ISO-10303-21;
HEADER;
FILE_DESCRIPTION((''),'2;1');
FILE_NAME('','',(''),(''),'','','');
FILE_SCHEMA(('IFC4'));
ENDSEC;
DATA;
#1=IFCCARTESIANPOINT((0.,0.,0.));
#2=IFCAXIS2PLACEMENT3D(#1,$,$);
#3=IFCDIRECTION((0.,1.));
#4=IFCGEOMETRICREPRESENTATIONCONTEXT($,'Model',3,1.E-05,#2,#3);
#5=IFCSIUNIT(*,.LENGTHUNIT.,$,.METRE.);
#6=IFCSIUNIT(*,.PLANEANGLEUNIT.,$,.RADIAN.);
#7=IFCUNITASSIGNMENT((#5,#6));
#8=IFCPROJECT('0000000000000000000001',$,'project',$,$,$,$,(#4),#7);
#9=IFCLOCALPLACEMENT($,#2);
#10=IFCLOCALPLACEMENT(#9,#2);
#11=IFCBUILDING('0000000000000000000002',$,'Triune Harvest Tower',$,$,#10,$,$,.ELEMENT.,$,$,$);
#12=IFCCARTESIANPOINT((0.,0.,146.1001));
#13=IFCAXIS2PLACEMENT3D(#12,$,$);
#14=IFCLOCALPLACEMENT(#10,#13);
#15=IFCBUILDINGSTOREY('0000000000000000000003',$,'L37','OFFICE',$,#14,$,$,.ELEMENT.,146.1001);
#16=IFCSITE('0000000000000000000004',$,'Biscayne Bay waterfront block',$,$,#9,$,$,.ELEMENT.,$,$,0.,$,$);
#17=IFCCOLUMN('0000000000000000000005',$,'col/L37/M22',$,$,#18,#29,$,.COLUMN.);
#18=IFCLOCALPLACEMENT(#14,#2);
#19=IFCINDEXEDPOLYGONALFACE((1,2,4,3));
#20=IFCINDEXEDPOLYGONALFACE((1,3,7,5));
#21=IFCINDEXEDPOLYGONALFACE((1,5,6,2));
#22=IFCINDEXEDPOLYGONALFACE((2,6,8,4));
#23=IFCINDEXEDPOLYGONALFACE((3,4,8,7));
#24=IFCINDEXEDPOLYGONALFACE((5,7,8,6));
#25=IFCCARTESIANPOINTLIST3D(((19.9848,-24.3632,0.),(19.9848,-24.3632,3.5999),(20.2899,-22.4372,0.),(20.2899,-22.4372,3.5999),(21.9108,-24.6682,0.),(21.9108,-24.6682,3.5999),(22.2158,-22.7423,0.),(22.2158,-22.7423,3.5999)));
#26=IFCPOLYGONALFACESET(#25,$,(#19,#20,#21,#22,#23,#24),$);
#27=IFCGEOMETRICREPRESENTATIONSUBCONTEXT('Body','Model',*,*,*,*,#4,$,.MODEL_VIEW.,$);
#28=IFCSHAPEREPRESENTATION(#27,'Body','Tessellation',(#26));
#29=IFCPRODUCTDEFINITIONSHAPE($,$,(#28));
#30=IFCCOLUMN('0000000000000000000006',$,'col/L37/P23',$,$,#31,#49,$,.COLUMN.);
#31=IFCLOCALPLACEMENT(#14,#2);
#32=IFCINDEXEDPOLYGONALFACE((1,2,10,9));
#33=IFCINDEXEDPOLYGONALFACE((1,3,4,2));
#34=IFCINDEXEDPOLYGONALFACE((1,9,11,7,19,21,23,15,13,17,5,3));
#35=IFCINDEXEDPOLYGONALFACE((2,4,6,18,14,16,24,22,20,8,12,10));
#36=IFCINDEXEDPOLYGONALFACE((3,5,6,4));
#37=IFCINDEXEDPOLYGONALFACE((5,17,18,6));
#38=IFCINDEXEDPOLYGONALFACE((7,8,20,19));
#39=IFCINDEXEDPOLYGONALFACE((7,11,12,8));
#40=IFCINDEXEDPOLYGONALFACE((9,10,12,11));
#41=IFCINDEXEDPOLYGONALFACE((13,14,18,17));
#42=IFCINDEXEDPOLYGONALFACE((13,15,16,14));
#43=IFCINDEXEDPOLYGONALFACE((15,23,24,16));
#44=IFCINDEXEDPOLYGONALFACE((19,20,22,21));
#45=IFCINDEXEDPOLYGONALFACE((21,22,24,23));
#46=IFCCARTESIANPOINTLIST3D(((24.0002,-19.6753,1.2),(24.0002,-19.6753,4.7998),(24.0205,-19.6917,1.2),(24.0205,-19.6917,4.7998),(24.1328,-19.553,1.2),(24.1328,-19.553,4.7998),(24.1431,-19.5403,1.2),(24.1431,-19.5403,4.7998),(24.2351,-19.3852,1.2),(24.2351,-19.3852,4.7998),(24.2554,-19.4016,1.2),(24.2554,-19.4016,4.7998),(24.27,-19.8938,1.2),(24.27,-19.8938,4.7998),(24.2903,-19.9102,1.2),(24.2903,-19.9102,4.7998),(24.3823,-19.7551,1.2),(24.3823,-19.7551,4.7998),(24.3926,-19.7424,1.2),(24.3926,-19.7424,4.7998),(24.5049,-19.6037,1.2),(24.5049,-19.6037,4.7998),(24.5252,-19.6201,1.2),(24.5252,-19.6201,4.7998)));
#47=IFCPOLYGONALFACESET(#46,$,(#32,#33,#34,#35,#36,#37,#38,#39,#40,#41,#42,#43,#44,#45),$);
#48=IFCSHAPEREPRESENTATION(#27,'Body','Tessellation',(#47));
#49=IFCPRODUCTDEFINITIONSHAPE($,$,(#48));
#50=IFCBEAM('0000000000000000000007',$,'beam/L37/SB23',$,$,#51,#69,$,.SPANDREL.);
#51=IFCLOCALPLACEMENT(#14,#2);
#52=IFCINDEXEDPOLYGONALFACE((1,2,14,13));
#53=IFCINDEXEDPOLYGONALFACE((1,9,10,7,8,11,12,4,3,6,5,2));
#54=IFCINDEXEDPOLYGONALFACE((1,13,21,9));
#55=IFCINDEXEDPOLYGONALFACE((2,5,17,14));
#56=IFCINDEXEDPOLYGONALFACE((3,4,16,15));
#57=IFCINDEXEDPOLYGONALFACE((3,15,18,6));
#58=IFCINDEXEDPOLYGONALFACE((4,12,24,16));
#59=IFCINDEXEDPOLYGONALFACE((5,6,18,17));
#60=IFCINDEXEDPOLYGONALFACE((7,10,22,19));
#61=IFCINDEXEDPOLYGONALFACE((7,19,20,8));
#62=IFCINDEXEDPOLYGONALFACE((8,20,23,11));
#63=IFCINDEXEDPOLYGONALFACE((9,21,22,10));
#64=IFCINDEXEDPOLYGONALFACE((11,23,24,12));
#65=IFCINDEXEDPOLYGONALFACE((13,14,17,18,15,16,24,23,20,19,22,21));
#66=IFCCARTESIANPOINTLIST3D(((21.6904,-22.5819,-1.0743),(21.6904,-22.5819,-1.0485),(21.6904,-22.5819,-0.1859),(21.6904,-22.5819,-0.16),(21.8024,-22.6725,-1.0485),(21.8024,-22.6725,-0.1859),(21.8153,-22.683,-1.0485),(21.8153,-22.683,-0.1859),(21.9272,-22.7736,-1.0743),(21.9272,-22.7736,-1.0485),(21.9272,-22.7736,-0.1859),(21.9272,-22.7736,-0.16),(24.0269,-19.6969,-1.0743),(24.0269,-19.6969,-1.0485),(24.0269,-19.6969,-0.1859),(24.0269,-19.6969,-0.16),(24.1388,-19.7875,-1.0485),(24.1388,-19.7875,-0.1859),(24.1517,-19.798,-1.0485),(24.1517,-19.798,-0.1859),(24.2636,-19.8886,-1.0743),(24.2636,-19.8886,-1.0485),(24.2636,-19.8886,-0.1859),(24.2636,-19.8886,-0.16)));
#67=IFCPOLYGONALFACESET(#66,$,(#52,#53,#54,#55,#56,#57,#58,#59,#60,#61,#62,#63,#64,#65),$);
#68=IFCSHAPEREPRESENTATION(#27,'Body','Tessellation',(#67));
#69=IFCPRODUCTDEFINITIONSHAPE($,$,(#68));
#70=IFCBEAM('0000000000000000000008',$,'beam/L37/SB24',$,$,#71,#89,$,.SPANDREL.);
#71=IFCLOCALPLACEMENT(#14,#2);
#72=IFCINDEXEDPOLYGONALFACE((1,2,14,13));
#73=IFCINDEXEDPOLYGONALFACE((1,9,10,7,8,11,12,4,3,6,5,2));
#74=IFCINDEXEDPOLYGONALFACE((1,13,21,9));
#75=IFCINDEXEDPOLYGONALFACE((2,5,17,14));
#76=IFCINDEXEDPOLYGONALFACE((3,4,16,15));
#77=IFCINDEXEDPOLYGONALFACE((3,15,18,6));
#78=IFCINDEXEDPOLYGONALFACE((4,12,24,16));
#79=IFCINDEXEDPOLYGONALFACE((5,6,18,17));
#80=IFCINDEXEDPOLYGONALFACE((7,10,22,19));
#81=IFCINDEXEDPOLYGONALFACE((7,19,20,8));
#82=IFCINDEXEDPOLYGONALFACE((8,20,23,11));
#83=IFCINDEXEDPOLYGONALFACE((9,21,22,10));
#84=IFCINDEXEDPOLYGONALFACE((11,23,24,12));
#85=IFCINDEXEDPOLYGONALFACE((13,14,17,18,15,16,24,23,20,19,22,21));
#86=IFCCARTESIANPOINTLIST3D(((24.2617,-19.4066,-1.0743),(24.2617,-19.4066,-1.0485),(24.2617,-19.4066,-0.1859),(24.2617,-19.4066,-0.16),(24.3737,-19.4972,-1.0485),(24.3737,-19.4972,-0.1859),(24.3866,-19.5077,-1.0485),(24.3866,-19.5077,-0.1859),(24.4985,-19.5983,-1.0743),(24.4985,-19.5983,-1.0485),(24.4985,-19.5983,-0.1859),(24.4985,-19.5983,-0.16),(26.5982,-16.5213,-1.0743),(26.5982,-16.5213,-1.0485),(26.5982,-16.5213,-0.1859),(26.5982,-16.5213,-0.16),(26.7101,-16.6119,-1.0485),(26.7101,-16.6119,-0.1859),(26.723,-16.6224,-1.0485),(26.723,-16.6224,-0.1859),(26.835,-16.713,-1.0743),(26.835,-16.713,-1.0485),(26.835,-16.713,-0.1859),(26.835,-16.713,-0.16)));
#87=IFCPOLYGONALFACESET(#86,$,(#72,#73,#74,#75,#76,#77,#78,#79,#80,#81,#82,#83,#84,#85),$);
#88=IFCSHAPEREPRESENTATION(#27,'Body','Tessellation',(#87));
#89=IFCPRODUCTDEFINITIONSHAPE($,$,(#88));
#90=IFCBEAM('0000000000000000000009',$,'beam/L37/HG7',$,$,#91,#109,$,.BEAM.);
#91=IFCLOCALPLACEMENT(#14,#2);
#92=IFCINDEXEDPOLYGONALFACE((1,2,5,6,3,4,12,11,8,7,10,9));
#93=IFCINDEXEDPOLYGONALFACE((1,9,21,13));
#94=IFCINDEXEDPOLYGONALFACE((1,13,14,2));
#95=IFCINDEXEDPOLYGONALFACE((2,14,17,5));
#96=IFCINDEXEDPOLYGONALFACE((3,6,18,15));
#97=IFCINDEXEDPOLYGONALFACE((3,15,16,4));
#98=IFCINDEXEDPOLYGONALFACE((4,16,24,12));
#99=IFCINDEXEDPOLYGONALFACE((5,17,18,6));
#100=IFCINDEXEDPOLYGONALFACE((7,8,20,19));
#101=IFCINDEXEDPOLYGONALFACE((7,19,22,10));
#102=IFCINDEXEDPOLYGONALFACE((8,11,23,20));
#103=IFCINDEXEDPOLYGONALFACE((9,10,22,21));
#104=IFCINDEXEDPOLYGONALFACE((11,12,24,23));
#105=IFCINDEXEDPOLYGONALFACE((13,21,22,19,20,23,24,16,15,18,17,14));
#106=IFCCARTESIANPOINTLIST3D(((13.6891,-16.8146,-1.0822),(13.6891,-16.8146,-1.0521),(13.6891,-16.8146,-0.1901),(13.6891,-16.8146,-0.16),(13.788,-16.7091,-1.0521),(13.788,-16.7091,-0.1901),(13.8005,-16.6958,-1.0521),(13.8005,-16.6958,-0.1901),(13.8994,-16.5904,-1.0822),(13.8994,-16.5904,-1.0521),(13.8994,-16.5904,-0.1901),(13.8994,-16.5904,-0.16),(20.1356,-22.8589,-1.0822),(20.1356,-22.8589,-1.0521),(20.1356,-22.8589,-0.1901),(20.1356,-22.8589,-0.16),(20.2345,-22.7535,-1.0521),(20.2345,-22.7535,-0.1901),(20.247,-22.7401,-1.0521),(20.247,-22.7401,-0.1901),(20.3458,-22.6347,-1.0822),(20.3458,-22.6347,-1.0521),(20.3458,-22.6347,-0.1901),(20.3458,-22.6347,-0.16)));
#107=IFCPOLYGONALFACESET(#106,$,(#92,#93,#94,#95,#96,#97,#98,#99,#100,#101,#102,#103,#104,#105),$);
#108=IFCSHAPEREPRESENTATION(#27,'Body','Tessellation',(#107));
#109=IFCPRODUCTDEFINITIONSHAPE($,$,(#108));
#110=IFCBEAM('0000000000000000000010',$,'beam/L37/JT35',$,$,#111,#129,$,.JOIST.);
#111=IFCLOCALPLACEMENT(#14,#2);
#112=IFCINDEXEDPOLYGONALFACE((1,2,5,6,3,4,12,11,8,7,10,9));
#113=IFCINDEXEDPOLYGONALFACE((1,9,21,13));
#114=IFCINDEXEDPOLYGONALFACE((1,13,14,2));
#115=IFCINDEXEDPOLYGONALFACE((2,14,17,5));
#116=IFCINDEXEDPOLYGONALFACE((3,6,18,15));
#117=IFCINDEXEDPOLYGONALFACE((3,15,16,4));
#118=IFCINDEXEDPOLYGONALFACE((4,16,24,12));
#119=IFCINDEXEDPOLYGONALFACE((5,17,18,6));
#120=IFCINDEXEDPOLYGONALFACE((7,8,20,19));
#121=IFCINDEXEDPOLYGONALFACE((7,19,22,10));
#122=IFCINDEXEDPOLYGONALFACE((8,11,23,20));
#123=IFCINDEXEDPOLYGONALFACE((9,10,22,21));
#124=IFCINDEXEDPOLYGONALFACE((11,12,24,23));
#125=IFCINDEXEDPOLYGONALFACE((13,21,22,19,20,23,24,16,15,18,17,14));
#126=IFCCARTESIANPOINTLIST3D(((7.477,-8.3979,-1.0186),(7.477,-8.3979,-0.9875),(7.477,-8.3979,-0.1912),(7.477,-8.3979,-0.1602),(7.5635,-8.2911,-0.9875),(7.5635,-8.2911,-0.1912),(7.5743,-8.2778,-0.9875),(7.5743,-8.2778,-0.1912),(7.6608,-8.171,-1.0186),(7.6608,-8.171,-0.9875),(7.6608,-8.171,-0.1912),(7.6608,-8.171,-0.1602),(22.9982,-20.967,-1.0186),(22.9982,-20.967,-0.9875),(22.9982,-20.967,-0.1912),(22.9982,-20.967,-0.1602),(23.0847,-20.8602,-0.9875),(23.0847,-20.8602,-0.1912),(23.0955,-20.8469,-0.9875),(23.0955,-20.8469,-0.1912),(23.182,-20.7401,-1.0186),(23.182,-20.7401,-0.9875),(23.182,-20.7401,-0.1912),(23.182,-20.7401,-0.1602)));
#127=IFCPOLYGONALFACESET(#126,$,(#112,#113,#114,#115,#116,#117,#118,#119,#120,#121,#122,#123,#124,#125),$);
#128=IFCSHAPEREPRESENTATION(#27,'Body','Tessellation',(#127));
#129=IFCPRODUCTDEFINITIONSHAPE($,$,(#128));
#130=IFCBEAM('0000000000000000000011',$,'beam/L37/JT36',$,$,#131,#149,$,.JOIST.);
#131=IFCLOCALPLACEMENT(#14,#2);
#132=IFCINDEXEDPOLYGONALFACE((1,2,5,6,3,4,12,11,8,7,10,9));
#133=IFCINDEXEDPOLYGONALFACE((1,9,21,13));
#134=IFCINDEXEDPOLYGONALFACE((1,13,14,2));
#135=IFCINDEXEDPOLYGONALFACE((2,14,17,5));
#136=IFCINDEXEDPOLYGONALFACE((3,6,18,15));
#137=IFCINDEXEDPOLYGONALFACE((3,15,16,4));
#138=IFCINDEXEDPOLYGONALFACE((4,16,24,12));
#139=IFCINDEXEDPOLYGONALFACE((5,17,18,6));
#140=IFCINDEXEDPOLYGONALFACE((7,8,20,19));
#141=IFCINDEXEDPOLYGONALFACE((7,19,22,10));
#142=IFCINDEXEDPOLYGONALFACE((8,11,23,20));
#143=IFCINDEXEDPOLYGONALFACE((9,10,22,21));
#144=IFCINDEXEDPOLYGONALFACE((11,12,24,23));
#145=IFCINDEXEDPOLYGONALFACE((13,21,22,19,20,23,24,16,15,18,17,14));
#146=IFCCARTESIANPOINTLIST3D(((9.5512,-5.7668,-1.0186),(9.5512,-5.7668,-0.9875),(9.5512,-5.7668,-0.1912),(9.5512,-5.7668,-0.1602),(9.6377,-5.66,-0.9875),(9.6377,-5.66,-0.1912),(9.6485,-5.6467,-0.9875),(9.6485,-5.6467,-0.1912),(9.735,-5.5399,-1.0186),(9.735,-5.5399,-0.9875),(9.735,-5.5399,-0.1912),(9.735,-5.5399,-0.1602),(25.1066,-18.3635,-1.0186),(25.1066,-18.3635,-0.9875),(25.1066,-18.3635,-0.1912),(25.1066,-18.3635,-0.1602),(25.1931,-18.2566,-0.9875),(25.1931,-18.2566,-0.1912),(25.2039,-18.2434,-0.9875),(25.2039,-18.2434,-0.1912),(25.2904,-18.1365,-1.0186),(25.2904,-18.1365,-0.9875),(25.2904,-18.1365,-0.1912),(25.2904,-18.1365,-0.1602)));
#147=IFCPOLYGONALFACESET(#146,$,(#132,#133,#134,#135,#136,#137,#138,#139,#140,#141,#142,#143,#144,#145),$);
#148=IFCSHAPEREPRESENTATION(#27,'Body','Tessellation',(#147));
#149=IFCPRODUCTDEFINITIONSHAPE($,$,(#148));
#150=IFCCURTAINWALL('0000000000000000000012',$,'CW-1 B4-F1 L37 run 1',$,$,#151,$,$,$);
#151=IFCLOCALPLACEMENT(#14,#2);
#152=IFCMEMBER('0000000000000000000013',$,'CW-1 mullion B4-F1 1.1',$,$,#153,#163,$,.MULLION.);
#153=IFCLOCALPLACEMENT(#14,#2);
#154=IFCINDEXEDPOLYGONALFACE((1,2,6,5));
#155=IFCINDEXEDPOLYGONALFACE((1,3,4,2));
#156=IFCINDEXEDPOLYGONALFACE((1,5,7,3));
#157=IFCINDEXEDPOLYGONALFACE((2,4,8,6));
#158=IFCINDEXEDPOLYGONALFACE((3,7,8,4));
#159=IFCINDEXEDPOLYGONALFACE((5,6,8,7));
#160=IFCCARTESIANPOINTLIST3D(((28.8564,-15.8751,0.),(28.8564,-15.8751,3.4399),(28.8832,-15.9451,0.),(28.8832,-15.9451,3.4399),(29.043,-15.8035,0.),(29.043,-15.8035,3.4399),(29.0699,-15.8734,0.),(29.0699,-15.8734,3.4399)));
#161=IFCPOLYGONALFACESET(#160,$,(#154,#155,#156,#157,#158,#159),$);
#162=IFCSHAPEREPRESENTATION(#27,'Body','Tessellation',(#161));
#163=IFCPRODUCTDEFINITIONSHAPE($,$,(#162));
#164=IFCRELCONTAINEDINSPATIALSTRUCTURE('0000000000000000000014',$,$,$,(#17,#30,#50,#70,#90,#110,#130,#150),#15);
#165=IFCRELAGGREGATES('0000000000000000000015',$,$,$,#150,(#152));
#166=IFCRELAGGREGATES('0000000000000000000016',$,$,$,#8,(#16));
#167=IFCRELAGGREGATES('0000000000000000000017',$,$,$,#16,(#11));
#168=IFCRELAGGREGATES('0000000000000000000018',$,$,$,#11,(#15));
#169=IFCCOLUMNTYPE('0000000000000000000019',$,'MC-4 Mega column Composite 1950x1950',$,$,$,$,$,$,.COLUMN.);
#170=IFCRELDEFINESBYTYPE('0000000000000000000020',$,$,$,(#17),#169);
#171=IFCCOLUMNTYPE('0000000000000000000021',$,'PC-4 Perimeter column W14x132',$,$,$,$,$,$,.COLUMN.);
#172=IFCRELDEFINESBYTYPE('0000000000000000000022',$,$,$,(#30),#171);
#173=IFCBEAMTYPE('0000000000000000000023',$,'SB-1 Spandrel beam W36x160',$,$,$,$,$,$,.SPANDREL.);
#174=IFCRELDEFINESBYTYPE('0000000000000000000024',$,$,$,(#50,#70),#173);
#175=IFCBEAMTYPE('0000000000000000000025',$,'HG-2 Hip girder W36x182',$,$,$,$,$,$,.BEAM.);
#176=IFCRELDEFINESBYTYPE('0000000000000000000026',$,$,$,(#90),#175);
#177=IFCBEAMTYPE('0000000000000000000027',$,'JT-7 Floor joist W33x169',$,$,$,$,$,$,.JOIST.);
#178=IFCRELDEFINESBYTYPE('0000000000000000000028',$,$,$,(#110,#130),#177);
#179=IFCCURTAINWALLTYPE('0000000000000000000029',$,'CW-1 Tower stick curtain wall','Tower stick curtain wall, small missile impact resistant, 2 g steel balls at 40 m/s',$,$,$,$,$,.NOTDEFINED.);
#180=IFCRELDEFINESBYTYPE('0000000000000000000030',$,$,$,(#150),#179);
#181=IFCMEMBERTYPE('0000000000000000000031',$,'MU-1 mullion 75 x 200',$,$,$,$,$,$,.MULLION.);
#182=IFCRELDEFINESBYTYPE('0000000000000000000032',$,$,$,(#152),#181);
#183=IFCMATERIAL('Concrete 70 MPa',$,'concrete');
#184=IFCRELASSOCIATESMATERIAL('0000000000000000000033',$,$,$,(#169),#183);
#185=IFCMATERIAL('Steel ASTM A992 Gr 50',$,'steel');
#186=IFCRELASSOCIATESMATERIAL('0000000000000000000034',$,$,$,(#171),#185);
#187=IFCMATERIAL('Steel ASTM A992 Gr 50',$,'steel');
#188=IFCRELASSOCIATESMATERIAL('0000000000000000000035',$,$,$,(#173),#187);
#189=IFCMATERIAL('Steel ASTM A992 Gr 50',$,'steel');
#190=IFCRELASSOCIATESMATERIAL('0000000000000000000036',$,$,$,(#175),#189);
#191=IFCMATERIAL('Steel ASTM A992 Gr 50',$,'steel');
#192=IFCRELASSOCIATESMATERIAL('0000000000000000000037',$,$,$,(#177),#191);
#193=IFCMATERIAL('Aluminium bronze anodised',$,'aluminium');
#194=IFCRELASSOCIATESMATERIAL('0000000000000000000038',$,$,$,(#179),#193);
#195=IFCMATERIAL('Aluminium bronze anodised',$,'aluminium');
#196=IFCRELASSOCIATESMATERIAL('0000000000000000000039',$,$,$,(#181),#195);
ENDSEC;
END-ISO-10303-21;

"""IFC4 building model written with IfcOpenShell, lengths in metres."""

from ifc_helpers import new_model, si_unit, direction, frame, origin, origin_2d, place, context, subcontext, project, spatial, rectangle, i_section, extrude, source, transform, mapped, material, material_profile, profile_set, type_object, element, aggregate, save


model = new_model("IFC4")

# Units and contexts
model_context = context("Model", 3, precision=1e-05, world=origin(), true_north=direction((0.0, 1.0)))
body_context = subcontext(model_context, "Body", "Model", "MODEL_VIEW")
ifc_project = project(units=[si_unit("LENGTHUNIT", "METRE"), si_unit("PLANEANGLEUNIT", "RADIAN")], contexts=[model_context])

# Site, building, storey
site_placement = place(None, origin())
site = spatial("IfcSite", under=ifc_project, at=site_placement, Name="Biscayne Bay waterfront block", CompositionType="ELEMENT", RefElevation=0.0)
building_placement = place(site_placement, origin())
building = spatial("IfcBuilding", under=site, at=building_placement, Name="Triune Harvest Tower", CompositionType="ELEMENT")
storey_placement = place(building_placement, frame((0.0, 0.0, 146.1001)))
storey = spatial("IfcBuildingStorey", under=building, at=storey_placement, Name="L37", Description="OFFICE", CompositionType="ELEMENT", Elevation=146.1001)

# Columns
ifc_material_1 = material(Name="Concrete 70 MPa", Category="concrete")
ifc_material_profile_1 = material_profile(ifc_material_1, rectangle(XDim=1.95, YDim=1.95, at=origin_2d()), Name="Composite 1950x1950")
ifc_profile_set_1 = profile_set([ifc_material_profile_1], Name="Concrete 70 MPa")
column_type_1 = type_object("IfcColumnType", Name="MC-4 Mega column Composite 1950x1950", PredefinedType="COLUMN", material=ifc_profile_set_1)
shared_shape_1 = source(origin(), body_context, "Body", "SweptSolid", [
    extrude(rectangle(XDim=1.95, YDim=1.95, at=origin_2d()), origin(), (0.0, 0.0, 1.0), 3.5999),
])
column_1_placement = place(storey_placement, frame((21.1003, -23.5527, 0.0), z_axis=(0.0, 0.0, 1.0), x_axis=(0.987688, -0.156434, 0.0)))
element("IfcColumn", 1, at=column_1_placement, inside=storey, type_object=column_type_1, Name="col/L37/M22", PredefinedType="COLUMN", context=body_context, shape_type="MappedRepresentation", body=[
    mapped(shared_shape_1, transform((0.0, 0.0, 0.0), scale=1.0)),
])
ifc_material_2 = material(Name="Steel ASTM A992 Gr 50", Category="steel")
ifc_material_profile_2 = material_profile(ifc_material_2, i_section(OverallWidth=0.3733, OverallDepth=0.3733, WebThickness=0.0164, FlangeThickness=0.0261, at=origin_2d()), Name="W14x132")
ifc_profile_set_2 = profile_set([ifc_material_profile_2], Name="Steel ASTM A992 Gr 50")
column_type_2 = type_object("IfcColumnType", Name="PC-4 Perimeter column W14x132", PredefinedType="COLUMN", material=ifc_profile_set_2)
shared_shape_2 = source(origin(), body_context, "Body", "SweptSolid", [
    extrude(i_section(OverallWidth=0.3733, OverallDepth=0.3733, WebThickness=0.0164, FlangeThickness=0.0261, at=origin_2d()), origin(), (0.0, 0.0, 1.0), 3.5999),
])
column_2_placement = place(storey_placement, frame((24.2627, -19.6477, 1.2), z_axis=(0.0, 0.0, 1.0), x_axis=(0.629322, 0.777145, 0.0)))
element("IfcColumn", 2, at=column_2_placement, inside=storey, type_object=column_type_2, Name="col/L37/P23", PredefinedType="COLUMN", context=body_context, shape_type="MappedRepresentation", body=[
    mapped(shared_shape_2, transform((0.0, 0.0, 0.0), scale=1.0)),
])

# Beams
ifc_material_3 = material(Name="Steel ASTM A992 Gr 50", Category="steel")
ifc_material_profile_3 = material_profile(ifc_material_3, i_section(OverallWidth=0.3047, OverallDepth=0.9143, WebThickness=0.0166, FlangeThickness=0.0259, at=origin_2d()), Name="W36x160")
ifc_profile_set_3 = profile_set([ifc_material_profile_3], Name="Steel ASTM A992 Gr 50")
beam_type_1 = type_object("IfcBeamType", Name="SB-1 Spandrel beam W36x160", PredefinedType="SPANDREL", material=ifc_profile_set_3)
shared_shape_3 = source(origin(), body_context, "Body", "SweptSolid", [
    extrude(i_section(OverallWidth=0.3047, OverallDepth=0.9143, WebThickness=0.0166, FlangeThickness=0.0259, at=origin_2d()), origin(), (0.0, 0.0, 1.0), 3.7124),
])
beam_1_placement = place(storey_placement, frame((21.8088, -22.6777, -0.6172), z_axis=(0.629351, 0.777121, 0.0), x_axis=(-0.777121, 0.629351, 0.0)))
element("IfcBeam", 3, at=beam_1_placement, inside=storey, type_object=beam_type_1, Name="beam/L37/SB23", PredefinedType="SPANDREL", context=body_context, shape_type="MappedRepresentation", body=[
    mapped(shared_shape_3, transform((0.0, 0.0, 0.0), scale=1.0)),
])
shared_shape_4 = source(origin(), body_context, "Body", "SweptSolid", [
    extrude(i_section(OverallWidth=0.3047, OverallDepth=0.9143, WebThickness=0.0166, FlangeThickness=0.0259, at=origin_2d()), origin(), (0.0, 0.0, 1.0), 3.7126),
])
beam_2_placement = place(storey_placement, frame((24.3801, -19.5024, -0.6172), z_axis=(0.629319, 0.777147, 0.0), x_axis=(-0.777147, 0.629319, 0.0)))
element("IfcBeam", 4, at=beam_2_placement, inside=storey, type_object=beam_type_1, Name="beam/L37/SB24", PredefinedType="SPANDREL", context=body_context, shape_type="MappedRepresentation", body=[
    mapped(shared_shape_4, transform((0.0, 0.0, 0.0), scale=1.0)),
])
ifc_material_4 = material(Name="Steel ASTM A992 Gr 50", Category="steel")
ifc_material_profile_4 = material_profile(ifc_material_4, i_section(OverallWidth=0.3074, OverallDepth=0.9221, WebThickness=0.0183, FlangeThickness=0.03, at=origin_2d()), Name="W36x182")
ifc_profile_set_4 = profile_set([ifc_material_profile_4], Name="Steel ASTM A992 Gr 50")
beam_type_2 = type_object("IfcBeamType", Name="HG-2 Hip girder W36x182", PredefinedType="BEAM", material=ifc_profile_set_4)
shared_shape_5 = source(origin(), body_context, "Body", "SweptSolid", [
    extrude(i_section(OverallWidth=0.3074, OverallDepth=0.9221, WebThickness=0.0183, FlangeThickness=0.03, at=origin_2d()), origin(), (0.0, 0.0, 1.0), 8.8369),
])
beam_3_placement = place(storey_placement, frame((20.2407, -22.7468, -0.6211), z_axis=(-0.729492, 0.68399, 0.0), x_axis=(-0.68399, -0.729492, 0.0)))
element("IfcBeam", 5, at=beam_3_placement, inside=storey, type_object=beam_type_2, Name="beam/L37/HG7", PredefinedType="BEAM", context=body_context, shape_type="MappedRepresentation", body=[
    mapped(shared_shape_5, transform((0.0, 0.0, 0.0), scale=1.0)),
])
ifc_material_5 = material(Name="Steel ASTM A992 Gr 50", Category="steel")
ifc_material_profile_5 = material_profile(ifc_material_5, i_section(OverallWidth=0.292, OverallDepth=0.8584, WebThickness=0.0171, FlangeThickness=0.031, at=origin_2d()), Name="W33x169")
ifc_profile_set_5 = profile_set([ifc_material_profile_5], Name="Steel ASTM A992 Gr 50")
beam_type_3 = type_object("IfcBeamType", Name="JT-7 Floor joist W33x169", PredefinedType="JOIST", material=ifc_profile_set_5)
shared_shape_6 = source(origin(), body_context, "Body", "SweptSolid", [
    extrude(i_section(OverallWidth=0.292, OverallDepth=0.8584, WebThickness=0.0171, FlangeThickness=0.031, at=origin_2d()), origin(), (0.0, 0.0, 1.0), 19.9722),
])
beam_4_placement = place(storey_placement, frame((23.0901, -20.8535, -0.5894), z_axis=(-0.77714, 0.629328, 0.0), x_axis=(-0.629328, -0.77714, 0.0)))
element("IfcBeam", 6, at=beam_4_placement, inside=storey, type_object=beam_type_3, Name="beam/L37/JT35", PredefinedType="JOIST", context=body_context, shape_type="MappedRepresentation", body=[
    mapped(shared_shape_6, transform((0.0, 0.0, 0.0), scale=1.0)),
])
shared_shape_7 = source(origin(), body_context, "Body", "SweptSolid", [
    extrude(i_section(OverallWidth=0.292, OverallDepth=0.8584, WebThickness=0.0171, FlangeThickness=0.031, at=origin_2d()), origin(), (0.0, 0.0, 1.0), 20.0161),
])
beam_5_placement = place(storey_placement, frame((25.1985, -18.25, -0.5894), z_axis=(-0.777142, 0.629325, 0.0), x_axis=(-0.629325, -0.777142, 0.0)))
element("IfcBeam", 7, at=beam_5_placement, inside=storey, type_object=beam_type_3, Name="beam/L37/JT36", PredefinedType="JOIST", context=body_context, shape_type="MappedRepresentation", body=[
    mapped(shared_shape_7, transform((0.0, 0.0, 0.0), scale=1.0)),
])

# Curtain wall, member
ifc_material_6 = material(Name="Aluminium bronze anodised", Category="aluminium")
curtain_wall_type = type_object("IfcCurtainWallType", Name="CW-1 Tower stick curtain wall", Description="Tower stick curtain wall, small missile impact resistant, 2 g steel balls at 40 m/s", PredefinedType="NOTDEFINED", material=ifc_material_6)
curtain_wall_1_placement = place(storey_placement, origin())
curtain_wall_1 = element("IfcCurtainWall", 8, at=curtain_wall_1_placement, inside=storey, type_object=curtain_wall_type, Name="CW-1 B4-F1 L37 run 1")
ifc_material_7 = material(Name="Aluminium bronze anodised", Category="aluminium")
ifc_material_profile_6 = material_profile(ifc_material_7, rectangle(XDim=0.2, YDim=0.075, at=origin_2d()), Name="MU-1 mullion 75 x 200")
ifc_profile_set_6 = profile_set([ifc_material_profile_6], Name="Aluminium bronze anodised")
member_type_1 = type_object("IfcMemberType", Name="MU-1 mullion 75 x 200", PredefinedType="MULLION", material=ifc_profile_set_6)
shared_shape_8 = source(origin(), body_context, "Body", "SweptSolid", [
    extrude(rectangle(XDim=0.2, YDim=0.075, at=origin_2d()), origin(), (0.0, 0.0, 1.0), 3.4399),
])
member_1_placement = place(storey_placement, frame((28.9631, -15.8743, 0.0), z_axis=(0.0, 0.0, 1.0), x_axis=(-0.933581, -0.358368, 0.0)))
member_1 = element("IfcMember", 9, at=member_1_placement, type_object=member_type_1, Name="CW-1 mullion B4-F1 1.1", PredefinedType="MULLION", context=body_context, shape_type="MappedRepresentation", body=[
    mapped(shared_shape_8, transform((0.0, 0.0, 0.0), scale=1.0)),
])

aggregate(curtain_wall_1, [member_1])

save(model, "model.ifc")
